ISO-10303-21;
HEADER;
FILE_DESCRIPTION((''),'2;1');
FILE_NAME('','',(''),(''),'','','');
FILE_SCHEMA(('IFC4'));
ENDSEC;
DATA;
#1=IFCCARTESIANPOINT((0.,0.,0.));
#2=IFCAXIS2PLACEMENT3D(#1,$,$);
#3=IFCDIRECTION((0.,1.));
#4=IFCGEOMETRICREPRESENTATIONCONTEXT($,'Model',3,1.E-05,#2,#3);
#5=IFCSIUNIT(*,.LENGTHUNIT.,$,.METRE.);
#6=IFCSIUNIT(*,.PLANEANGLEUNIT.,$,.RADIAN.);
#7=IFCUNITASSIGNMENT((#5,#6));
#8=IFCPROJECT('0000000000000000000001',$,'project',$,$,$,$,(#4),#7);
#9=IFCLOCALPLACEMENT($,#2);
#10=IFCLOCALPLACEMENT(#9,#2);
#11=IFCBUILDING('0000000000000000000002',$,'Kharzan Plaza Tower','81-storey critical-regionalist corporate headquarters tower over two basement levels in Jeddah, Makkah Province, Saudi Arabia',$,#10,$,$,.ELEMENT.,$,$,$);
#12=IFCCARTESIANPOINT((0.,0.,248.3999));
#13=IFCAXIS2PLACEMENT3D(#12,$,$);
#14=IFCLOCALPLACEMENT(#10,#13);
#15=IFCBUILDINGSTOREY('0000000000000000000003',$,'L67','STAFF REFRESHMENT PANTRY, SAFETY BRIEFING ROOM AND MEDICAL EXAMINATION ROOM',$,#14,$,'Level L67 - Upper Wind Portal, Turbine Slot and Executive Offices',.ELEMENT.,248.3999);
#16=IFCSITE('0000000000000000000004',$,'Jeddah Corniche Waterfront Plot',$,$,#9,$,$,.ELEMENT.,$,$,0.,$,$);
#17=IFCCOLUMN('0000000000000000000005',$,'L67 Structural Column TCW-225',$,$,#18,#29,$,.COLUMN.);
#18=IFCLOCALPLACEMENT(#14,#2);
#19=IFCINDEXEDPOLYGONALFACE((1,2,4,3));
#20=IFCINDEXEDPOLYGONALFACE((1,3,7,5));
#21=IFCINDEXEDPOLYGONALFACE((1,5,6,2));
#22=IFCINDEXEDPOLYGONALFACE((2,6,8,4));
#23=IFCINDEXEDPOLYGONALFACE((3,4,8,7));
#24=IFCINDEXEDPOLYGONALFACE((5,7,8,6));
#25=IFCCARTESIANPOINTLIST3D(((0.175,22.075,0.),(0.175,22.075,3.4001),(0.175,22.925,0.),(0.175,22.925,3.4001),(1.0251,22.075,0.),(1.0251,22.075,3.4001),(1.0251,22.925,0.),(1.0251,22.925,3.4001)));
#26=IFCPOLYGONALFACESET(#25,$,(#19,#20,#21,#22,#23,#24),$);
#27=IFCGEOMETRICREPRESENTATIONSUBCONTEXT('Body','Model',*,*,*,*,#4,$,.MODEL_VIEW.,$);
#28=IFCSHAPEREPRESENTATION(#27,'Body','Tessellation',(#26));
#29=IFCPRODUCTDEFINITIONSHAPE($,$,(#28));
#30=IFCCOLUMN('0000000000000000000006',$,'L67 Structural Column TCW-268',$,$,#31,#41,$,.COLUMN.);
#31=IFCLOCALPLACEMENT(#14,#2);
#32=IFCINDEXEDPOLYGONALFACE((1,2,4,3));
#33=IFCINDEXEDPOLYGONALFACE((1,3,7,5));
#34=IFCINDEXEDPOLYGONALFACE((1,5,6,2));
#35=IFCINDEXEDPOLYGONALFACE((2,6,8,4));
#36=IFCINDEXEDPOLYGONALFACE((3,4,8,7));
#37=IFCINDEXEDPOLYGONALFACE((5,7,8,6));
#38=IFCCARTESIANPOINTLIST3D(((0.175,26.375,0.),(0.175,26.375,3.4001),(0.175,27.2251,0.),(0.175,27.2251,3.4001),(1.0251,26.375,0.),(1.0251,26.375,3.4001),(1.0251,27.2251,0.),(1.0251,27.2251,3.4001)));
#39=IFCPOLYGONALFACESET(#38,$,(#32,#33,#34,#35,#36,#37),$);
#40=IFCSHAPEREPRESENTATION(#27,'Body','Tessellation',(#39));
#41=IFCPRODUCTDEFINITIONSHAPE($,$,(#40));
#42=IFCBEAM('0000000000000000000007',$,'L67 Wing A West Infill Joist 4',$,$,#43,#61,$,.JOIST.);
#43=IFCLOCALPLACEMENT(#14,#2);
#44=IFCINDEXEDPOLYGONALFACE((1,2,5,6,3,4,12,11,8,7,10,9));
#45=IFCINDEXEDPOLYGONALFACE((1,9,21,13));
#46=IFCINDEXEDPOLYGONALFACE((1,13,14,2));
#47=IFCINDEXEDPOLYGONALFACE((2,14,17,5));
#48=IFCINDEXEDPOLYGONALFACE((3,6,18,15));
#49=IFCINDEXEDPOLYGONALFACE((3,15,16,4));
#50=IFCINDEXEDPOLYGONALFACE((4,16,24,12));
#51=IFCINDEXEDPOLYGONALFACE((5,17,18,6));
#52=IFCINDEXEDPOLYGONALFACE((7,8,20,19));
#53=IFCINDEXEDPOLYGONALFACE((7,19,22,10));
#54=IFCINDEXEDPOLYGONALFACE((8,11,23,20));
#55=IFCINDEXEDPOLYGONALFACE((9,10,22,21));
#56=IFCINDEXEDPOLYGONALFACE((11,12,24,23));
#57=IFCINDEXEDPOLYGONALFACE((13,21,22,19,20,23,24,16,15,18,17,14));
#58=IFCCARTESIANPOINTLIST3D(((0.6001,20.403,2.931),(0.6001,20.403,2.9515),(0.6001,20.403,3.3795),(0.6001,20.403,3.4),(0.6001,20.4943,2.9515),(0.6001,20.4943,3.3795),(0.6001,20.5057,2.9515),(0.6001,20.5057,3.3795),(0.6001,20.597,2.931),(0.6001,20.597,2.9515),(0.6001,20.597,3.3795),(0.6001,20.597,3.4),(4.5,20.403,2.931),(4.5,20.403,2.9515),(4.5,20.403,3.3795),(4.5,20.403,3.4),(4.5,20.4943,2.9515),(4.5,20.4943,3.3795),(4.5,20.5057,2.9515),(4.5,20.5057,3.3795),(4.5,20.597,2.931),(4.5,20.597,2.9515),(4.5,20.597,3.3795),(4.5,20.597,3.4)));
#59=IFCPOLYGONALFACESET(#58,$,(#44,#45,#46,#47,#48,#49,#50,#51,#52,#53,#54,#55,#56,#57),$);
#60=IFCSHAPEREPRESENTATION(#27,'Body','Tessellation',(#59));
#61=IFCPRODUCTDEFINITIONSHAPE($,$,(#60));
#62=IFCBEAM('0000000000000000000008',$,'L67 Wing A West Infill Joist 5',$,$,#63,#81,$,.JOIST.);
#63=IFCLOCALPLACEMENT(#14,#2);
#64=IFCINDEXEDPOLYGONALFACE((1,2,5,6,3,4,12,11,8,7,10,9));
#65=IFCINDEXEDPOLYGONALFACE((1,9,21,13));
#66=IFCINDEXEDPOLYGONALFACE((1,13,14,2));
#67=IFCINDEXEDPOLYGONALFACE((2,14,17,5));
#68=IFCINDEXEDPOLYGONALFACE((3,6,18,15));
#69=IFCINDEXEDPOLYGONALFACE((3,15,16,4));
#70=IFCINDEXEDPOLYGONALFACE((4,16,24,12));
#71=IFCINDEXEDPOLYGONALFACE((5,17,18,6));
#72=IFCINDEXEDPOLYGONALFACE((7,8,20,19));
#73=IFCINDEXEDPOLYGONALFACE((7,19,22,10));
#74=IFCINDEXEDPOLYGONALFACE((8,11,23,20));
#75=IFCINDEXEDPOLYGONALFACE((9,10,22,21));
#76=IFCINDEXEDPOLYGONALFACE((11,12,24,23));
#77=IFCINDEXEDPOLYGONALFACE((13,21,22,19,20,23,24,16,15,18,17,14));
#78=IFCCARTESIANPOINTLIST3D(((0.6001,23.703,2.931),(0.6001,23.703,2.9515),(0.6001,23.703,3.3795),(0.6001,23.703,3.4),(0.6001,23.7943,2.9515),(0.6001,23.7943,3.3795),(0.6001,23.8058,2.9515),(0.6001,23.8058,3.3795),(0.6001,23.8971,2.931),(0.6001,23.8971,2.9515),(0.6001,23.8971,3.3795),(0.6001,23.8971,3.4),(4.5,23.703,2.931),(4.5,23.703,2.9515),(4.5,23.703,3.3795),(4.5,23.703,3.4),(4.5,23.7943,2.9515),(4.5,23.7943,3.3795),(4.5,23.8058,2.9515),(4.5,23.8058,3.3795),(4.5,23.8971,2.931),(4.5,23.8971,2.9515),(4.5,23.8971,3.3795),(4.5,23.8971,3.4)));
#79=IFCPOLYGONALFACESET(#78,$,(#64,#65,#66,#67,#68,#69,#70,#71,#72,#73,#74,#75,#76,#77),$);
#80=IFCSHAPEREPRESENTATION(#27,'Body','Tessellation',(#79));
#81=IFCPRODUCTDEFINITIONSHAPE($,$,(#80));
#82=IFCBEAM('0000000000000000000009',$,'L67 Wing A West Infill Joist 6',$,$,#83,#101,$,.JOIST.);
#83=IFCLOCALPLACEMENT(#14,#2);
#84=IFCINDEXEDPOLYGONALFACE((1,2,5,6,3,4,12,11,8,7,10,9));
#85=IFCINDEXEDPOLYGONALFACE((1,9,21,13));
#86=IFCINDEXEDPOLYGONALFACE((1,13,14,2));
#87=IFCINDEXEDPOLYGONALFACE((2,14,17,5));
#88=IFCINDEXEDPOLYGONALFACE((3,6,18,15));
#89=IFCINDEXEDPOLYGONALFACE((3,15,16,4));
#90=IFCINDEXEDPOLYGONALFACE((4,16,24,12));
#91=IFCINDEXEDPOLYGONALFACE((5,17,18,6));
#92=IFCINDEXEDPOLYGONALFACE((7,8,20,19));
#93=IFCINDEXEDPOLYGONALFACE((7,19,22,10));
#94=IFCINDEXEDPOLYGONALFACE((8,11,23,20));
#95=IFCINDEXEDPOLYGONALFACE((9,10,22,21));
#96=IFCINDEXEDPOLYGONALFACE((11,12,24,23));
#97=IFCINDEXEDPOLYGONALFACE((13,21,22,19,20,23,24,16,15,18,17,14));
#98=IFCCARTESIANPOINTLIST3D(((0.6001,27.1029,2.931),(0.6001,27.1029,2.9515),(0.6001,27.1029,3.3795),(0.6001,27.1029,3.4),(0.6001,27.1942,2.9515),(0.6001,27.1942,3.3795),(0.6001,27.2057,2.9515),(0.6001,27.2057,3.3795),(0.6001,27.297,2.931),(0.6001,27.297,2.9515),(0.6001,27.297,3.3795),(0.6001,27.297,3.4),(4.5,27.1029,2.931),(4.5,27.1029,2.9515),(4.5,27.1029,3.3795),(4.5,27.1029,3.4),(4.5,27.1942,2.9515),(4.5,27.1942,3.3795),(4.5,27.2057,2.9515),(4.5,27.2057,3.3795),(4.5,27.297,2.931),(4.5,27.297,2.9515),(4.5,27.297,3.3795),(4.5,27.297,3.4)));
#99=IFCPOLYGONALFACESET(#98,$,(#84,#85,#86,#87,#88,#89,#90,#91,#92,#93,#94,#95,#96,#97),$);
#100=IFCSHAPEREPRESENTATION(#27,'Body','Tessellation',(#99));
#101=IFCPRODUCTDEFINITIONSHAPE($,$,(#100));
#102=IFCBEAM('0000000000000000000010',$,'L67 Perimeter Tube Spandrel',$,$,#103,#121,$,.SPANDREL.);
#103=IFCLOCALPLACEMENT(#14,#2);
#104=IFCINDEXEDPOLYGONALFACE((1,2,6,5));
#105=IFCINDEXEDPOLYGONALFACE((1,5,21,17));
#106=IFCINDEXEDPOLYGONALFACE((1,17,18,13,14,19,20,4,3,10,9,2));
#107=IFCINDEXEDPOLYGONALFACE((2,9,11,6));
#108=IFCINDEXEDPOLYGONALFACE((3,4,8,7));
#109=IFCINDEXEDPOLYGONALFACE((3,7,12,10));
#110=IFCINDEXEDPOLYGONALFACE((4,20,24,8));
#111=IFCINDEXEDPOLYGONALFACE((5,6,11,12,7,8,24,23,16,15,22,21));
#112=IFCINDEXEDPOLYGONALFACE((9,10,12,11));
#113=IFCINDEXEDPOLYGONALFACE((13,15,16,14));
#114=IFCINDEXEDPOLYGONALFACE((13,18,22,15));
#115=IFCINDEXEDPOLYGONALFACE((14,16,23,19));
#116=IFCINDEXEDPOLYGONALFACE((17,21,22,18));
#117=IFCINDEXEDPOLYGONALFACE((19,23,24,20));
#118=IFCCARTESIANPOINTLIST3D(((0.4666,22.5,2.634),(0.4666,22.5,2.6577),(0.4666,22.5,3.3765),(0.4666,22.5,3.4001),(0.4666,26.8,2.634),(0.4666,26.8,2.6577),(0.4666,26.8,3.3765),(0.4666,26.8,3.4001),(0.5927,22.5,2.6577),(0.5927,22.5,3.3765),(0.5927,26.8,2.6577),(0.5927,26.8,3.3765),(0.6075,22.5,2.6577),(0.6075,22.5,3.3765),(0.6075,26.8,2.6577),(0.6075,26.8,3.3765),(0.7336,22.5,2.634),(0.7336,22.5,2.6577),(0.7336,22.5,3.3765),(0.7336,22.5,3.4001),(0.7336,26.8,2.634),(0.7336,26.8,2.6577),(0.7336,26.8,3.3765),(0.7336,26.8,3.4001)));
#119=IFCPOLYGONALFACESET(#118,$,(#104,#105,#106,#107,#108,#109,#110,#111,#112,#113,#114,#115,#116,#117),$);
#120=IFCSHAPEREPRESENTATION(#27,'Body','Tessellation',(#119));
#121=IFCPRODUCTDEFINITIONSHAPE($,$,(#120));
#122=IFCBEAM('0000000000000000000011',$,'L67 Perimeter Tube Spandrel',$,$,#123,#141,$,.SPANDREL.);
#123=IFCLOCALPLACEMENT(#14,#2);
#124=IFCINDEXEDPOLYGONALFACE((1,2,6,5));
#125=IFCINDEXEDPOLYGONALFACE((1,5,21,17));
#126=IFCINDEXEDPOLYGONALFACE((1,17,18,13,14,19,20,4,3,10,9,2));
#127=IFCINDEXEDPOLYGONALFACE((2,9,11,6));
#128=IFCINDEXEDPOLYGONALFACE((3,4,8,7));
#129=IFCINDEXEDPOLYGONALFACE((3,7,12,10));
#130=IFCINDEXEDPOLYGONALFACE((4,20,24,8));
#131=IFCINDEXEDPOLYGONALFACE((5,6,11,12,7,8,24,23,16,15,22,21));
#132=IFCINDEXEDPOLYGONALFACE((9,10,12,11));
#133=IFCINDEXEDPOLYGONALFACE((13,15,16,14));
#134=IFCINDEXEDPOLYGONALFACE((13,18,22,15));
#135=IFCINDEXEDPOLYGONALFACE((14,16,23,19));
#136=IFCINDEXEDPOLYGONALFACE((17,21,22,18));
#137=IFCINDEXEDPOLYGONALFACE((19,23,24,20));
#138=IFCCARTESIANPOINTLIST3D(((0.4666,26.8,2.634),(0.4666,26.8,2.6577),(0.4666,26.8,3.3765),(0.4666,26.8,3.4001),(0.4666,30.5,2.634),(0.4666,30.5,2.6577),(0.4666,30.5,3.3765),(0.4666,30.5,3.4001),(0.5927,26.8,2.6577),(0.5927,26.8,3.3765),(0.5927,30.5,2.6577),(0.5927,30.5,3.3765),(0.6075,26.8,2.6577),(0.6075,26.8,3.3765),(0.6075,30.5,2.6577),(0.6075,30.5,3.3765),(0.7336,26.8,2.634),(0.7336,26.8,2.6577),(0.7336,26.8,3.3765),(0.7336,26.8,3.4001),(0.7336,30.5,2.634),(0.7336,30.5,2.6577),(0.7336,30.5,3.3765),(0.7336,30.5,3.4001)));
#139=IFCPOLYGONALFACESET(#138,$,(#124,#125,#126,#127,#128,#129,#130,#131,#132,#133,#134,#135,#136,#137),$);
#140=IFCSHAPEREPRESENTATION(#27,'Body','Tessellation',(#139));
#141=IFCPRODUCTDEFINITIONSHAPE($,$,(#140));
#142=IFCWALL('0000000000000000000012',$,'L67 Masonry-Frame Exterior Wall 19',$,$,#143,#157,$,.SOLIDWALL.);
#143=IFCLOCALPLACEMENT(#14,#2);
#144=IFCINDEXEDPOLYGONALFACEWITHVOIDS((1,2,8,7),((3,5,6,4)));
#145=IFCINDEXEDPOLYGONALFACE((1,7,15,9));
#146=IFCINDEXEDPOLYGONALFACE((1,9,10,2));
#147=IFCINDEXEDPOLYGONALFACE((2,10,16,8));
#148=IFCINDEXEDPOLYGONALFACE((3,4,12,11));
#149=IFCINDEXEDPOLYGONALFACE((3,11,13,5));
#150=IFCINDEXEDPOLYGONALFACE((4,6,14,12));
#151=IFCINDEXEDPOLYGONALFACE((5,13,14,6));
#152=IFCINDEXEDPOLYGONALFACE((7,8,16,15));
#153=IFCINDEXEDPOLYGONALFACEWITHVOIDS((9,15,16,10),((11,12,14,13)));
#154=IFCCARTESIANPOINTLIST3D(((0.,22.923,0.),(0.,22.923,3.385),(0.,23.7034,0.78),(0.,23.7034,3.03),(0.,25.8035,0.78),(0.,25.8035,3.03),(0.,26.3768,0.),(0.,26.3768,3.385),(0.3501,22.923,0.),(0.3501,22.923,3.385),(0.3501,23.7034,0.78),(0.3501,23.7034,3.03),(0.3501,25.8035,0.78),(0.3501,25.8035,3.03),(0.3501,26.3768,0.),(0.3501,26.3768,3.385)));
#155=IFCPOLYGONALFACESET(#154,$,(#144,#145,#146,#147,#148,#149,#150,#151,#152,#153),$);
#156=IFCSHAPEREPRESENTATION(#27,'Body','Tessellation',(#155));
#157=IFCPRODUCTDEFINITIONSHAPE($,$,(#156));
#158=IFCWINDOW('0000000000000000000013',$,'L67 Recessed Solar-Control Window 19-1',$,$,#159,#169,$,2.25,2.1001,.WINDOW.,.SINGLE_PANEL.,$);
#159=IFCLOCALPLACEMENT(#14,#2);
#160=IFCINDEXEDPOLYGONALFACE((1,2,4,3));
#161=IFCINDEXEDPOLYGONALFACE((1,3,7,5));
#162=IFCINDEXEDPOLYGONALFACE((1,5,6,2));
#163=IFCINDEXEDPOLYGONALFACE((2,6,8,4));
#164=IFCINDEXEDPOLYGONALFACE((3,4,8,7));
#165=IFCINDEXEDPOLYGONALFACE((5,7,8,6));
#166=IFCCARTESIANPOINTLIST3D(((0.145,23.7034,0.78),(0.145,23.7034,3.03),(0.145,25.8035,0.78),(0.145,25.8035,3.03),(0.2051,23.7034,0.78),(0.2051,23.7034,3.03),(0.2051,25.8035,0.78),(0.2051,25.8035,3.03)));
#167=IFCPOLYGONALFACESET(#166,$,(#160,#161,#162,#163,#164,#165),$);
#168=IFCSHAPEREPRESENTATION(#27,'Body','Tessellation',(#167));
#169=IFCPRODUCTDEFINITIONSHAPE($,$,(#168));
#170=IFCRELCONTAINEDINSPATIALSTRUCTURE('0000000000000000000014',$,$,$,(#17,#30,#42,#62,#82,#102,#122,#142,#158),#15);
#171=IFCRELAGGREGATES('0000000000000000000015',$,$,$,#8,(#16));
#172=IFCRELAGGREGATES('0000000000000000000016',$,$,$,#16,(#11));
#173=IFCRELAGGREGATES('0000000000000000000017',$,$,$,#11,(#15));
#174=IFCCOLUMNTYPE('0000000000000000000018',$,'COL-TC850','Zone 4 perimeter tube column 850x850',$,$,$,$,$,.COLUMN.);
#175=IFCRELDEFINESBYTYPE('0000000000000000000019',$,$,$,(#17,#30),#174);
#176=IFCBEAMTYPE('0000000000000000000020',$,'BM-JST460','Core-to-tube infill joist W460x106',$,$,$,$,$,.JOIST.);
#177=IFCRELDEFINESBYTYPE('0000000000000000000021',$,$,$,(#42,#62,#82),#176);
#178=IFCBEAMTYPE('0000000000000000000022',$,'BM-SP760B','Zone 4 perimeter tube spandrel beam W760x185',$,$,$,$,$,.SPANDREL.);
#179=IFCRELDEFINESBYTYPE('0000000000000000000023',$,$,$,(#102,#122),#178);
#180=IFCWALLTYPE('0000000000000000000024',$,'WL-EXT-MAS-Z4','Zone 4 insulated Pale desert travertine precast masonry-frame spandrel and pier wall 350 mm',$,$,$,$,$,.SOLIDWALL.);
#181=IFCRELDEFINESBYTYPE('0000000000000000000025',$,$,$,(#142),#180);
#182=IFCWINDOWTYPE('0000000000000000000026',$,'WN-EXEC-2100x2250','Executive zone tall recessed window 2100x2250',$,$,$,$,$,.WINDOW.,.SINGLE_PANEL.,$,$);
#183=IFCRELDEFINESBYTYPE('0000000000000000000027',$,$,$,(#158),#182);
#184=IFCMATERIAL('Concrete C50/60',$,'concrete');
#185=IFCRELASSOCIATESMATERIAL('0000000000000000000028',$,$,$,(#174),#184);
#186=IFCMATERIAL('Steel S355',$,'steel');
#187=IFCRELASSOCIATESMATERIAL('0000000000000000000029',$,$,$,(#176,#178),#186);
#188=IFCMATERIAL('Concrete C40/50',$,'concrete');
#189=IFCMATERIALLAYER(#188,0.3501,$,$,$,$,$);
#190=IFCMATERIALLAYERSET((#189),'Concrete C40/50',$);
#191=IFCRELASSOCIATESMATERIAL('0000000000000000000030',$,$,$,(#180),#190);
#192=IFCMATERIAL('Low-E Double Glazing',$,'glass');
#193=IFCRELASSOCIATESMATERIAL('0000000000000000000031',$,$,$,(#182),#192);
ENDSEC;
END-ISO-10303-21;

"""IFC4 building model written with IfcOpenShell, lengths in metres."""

from ifc_helpers import new_model, si_unit, direction, frame, frame_2d, origin, origin_2d, place, context, subcontext, project, spatial, rectangle, i_section, extrude, source, transform, mapped, material, layer, layer_set, material_profile, profile_set, type_object, element, fill, save


model = new_model("IFC4")

# Units and contexts
model_context = context("Model", 3, precision=1e-05, world=origin(), true_north=direction((0.0, 1.0)))
body_context = subcontext(model_context, "Body", "Model", "MODEL_VIEW")
ifc_project = project(units=[si_unit("LENGTHUNIT", "METRE"), si_unit("PLANEANGLEUNIT", "RADIAN")], contexts=[model_context])

# Site, building, storey
site_placement = place(None, origin())
site = spatial("IfcSite", under=ifc_project, at=site_placement, Name="Jeddah Corniche Waterfront Plot", CompositionType="ELEMENT", RefElevation=0.0)
building_placement = place(site_placement, origin())
building = spatial("IfcBuilding", under=site, at=building_placement, Name="Kharzan Plaza Tower", Description="81-storey critical-regionalist corporate headquarters tower over two basement levels in Jeddah, Makkah Province, Saudi Arabia", CompositionType="ELEMENT")
storey_placement = place(building_placement, frame((0.0, 0.0, 248.3999)))
storey = spatial("IfcBuildingStorey", under=building, at=storey_placement, Name="L67", Description="STAFF REFRESHMENT PANTRY, SAFETY BRIEFING ROOM AND MEDICAL EXAMINATION ROOM", LongName="Level L67 - Upper Wind Portal, Turbine Slot and Executive Offices", CompositionType="ELEMENT", Elevation=248.3999)

# Columns
ifc_material_1 = material(Name="Concrete C50/60", Category="concrete")
ifc_material_profile_1 = material_profile(ifc_material_1, rectangle(XDim=0.8501, YDim=0.8501, at=origin_2d()), Name="RC-TC850x850")
ifc_profile_set_1 = profile_set([ifc_material_profile_1], Name="Concrete C50/60")
column_type = type_object("IfcColumnType", Name="COL-TC850", Description="Zone 4 perimeter tube column 850x850", PredefinedType="COLUMN", material=ifc_profile_set_1)
shared_shape_1 = source(origin(), body_context, "Body", "SweptSolid", [
    extrude(rectangle(XDim=0.8501, YDim=0.8501, at=origin_2d()), origin(), (0.0, 0.0, 1.0), 3.4001),
])
for number, where, z_axis, x_axis, name in (
    (1, (0.6001, 22.5, 0.0), (0.0, 0.0, 1.0), (1.0, 0.0, 0.0), "L67 Structural Column TCW-225"),
    (2, (0.6001, 26.8, 0.0), (0.0, 0.0, 1.0), (1.0, 0.0, 0.0), "L67 Structural Column TCW-268"),
):
    element("IfcColumn", number, at=place(storey_placement, frame(where, z_axis=z_axis, x_axis=x_axis)), inside=storey, type_object=column_type, Name=name, PredefinedType="COLUMN", context=body_context, shape_type="MappedRepresentation", body=[
        mapped(shared_shape_1, transform((0.0, 0.0, 0.0), x_axis=(1.0, 0.0, 0.0), y_axis=(0.0, 1.0, 0.0), z_axis=(0.0, 0.0, 1.0))),
    ])

# Beams
ifc_material_2 = material(Name="Steel S355", Category="steel")
ifc_material_profile_2 = material_profile(ifc_material_2, i_section(OverallWidth=0.1941, OverallDepth=0.469, WebThickness=0.0115, FlangeThickness=0.0205, at=origin_2d()), Name="W460x106")
ifc_profile_set_2 = profile_set([ifc_material_profile_2], Name="Steel S355")
beam_type_1 = type_object("IfcBeamType", Name="BM-JST460", Description="Core-to-tube infill joist W460x106", PredefinedType="JOIST", material=ifc_profile_set_2)
shared_shape_2 = source(origin(), body_context, "Body", "SweptSolid", [
    extrude(i_section(OverallWidth=0.1941, OverallDepth=0.469, WebThickness=0.0115, FlangeThickness=0.0205, at=origin_2d()), origin(), (0.0, 0.0, 1.0), 3.8999),
])
for number, where, z_axis, x_axis, name in (
    (3, (0.6001, 20.5, 3.1655), (1.0, 0.0, 0.0), (0.0, 1.0, 0.0), "L67 Wing A West Infill Joist 4"),
    (4, (0.6001, 23.8, 3.1655), (1.0, 0.0, 0.0), (0.0, 1.0, 0.0), "L67 Wing A West Infill Joist 5"),
    (5, (0.6001, 27.2, 3.1655), (1.0, 0.0, 0.0), (0.0, 1.0, 0.0), "L67 Wing A West Infill Joist 6"),
):
    element("IfcBeam", number, at=place(storey_placement, frame(where, z_axis=z_axis, x_axis=x_axis)), inside=storey, type_object=beam_type_1, Name=name, PredefinedType="JOIST", context=body_context, shape_type="MappedRepresentation", body=[
        mapped(shared_shape_2, transform((0.0, 0.0, 0.0), x_axis=(1.0, 0.0, 0.0), y_axis=(0.0, 1.0, 0.0), z_axis=(0.0, 0.0, 1.0))),
    ])
ifc_material_profile_3 = material_profile(ifc_material_2, i_section(OverallWidth=0.2671, OverallDepth=0.7661, WebThickness=0.0149, FlangeThickness=0.0237, at=origin_2d()), Name="W760x185")
ifc_profile_set_3 = profile_set([ifc_material_profile_3], Name="Steel S355")
beam_type_2 = type_object("IfcBeamType", Name="BM-SP760B", Description="Zone 4 perimeter tube spandrel beam W760x185", PredefinedType="SPANDREL", material=ifc_profile_set_3)
shared_shape_3 = source(origin(), body_context, "Body", "SweptSolid", [
    extrude(i_section(OverallWidth=0.2671, OverallDepth=0.7661, WebThickness=0.0149, FlangeThickness=0.0237, at=origin_2d()), origin(), (0.0, 0.0, 1.0), 4.3),
])
beam_1_placement = place(storey_placement, frame((0.6001, 22.5, 3.0171), z_axis=(0.0, 1.0, 0.0), x_axis=(-1.0, 0.0, 0.0)))
element("IfcBeam", 6, at=beam_1_placement, inside=storey, type_object=beam_type_2, Name="L67 Perimeter Tube Spandrel", PredefinedType="SPANDREL", context=body_context, shape_type="MappedRepresentation", body=[
    mapped(shared_shape_3, transform((0.0, 0.0, 0.0), x_axis=(1.0, 0.0, 0.0), y_axis=(0.0, 1.0, 0.0), z_axis=(0.0, 0.0, 1.0))),
])
shared_shape_4 = source(origin(), body_context, "Body", "SweptSolid", [
    extrude(i_section(OverallWidth=0.2671, OverallDepth=0.7661, WebThickness=0.0149, FlangeThickness=0.0237, at=origin_2d()), origin(), (0.0, 0.0, 1.0), 3.7),
])
beam_2_placement = place(storey_placement, frame((0.6001, 26.8, 3.0171), z_axis=(0.0, 1.0, 0.0), x_axis=(-1.0, 0.0, 0.0)))
element("IfcBeam", 7, at=beam_2_placement, inside=storey, type_object=beam_type_2, Name="L67 Perimeter Tube Spandrel", PredefinedType="SPANDREL", context=body_context, shape_type="MappedRepresentation", body=[
    mapped(shared_shape_4, transform((0.0, 0.0, 0.0), x_axis=(1.0, 0.0, 0.0), y_axis=(0.0, 1.0, 0.0), z_axis=(0.0, 0.0, 1.0))),
])

# Wall, opening, window
ifc_material_3 = material(Name="Concrete C40/50", Category="concrete")
ifc_layer_1 = layer(ifc_material_3, 0.3501)
ifc_layer_set_1 = layer_set([ifc_layer_1], Name="Concrete C40/50")
wall_type_1 = type_object("IfcWallType", Name="WL-EXT-MAS-Z4", Description="Zone 4 insulated Pale desert travertine precast masonry-frame spandrel and pier wall 350 mm", PredefinedType="SOLIDWALL", material=ifc_layer_set_1)
wall_1_placement = place(storey_placement, frame((0.175, 26.377, 0.0), z_axis=(0.0, 0.0, 1.0), x_axis=(0.0, -1.0, 0.0)))
wall_1 = element("IfcWall", 8, at=wall_1_placement, inside=storey, type_object=wall_type_1, Name="L67 Masonry-Frame Exterior Wall 19", PredefinedType="SOLIDWALL", context=body_context, shape_type="SweptSolid", body=[
    extrude(rectangle(XDim=3.4539, YDim=0.3501, at=frame_2d((1.7271, 0.0))), origin(), (0.0, 0.0, 1.0), 3.385),
])
opening_1_placement = place(wall_1_placement, frame((0.5735, 0.0, 0.78)))
opening_1 = element("IfcOpeningElement", 9, at=opening_1_placement, cuts=wall_1, PredefinedType="OPENING", context=body_context, shape_type="SweptSolid", body=[
    extrude(rectangle(XDim=2.1001, YDim=2.25, at=frame_2d((1.05, 1.125))), frame((0.0, 0.1851, 0.0), z_axis=(0.0, -1.0, 0.0), x_axis=(1.0, 0.0, 0.0)), (0.0, 0.0, 1.0), 0.3701),
])
ifc_material_4 = material(Name="Low-E Double Glazing", Category="glass")
window_type = type_object("IfcWindowType", Name="WN-EXEC-2100x2250", Description="Executive zone tall recessed window 2100x2250", PartitioningType="SINGLE_PANEL", PredefinedType="WINDOW", material=ifc_material_4)
shared_shape_5 = source(origin(), body_context, "Body", "SweptSolid", [
    extrude(rectangle(XDim=2.1001, YDim=2.25, at=frame_2d((1.05, 1.125))), frame((0.0, 0.03, 0.0), z_axis=(0.0, -1.0, 0.0), x_axis=(1.0, 0.0, 0.0)), (0.0, 0.0, 1.0), 0.0601),
])
window_1_placement = place(opening_1_placement, origin())
window_1 = element("IfcWindow", 10, at=window_1_placement, inside=storey, type_object=window_type, Name="L67 Recessed Solar-Control Window 19-1", OverallHeight=2.25, OverallWidth=2.1001, PartitioningType="SINGLE_PANEL", PredefinedType="WINDOW", context=body_context, shape_type="MappedRepresentation", body=[
    mapped(shared_shape_5, transform((0.0, 0.0, 0.0), x_axis=(1.0, 0.0, 0.0), y_axis=(0.0, 1.0, 0.0), z_axis=(0.0, 0.0, 1.0))),
])
fill(opening_1, window_1)

save(model, "model.ifc")
